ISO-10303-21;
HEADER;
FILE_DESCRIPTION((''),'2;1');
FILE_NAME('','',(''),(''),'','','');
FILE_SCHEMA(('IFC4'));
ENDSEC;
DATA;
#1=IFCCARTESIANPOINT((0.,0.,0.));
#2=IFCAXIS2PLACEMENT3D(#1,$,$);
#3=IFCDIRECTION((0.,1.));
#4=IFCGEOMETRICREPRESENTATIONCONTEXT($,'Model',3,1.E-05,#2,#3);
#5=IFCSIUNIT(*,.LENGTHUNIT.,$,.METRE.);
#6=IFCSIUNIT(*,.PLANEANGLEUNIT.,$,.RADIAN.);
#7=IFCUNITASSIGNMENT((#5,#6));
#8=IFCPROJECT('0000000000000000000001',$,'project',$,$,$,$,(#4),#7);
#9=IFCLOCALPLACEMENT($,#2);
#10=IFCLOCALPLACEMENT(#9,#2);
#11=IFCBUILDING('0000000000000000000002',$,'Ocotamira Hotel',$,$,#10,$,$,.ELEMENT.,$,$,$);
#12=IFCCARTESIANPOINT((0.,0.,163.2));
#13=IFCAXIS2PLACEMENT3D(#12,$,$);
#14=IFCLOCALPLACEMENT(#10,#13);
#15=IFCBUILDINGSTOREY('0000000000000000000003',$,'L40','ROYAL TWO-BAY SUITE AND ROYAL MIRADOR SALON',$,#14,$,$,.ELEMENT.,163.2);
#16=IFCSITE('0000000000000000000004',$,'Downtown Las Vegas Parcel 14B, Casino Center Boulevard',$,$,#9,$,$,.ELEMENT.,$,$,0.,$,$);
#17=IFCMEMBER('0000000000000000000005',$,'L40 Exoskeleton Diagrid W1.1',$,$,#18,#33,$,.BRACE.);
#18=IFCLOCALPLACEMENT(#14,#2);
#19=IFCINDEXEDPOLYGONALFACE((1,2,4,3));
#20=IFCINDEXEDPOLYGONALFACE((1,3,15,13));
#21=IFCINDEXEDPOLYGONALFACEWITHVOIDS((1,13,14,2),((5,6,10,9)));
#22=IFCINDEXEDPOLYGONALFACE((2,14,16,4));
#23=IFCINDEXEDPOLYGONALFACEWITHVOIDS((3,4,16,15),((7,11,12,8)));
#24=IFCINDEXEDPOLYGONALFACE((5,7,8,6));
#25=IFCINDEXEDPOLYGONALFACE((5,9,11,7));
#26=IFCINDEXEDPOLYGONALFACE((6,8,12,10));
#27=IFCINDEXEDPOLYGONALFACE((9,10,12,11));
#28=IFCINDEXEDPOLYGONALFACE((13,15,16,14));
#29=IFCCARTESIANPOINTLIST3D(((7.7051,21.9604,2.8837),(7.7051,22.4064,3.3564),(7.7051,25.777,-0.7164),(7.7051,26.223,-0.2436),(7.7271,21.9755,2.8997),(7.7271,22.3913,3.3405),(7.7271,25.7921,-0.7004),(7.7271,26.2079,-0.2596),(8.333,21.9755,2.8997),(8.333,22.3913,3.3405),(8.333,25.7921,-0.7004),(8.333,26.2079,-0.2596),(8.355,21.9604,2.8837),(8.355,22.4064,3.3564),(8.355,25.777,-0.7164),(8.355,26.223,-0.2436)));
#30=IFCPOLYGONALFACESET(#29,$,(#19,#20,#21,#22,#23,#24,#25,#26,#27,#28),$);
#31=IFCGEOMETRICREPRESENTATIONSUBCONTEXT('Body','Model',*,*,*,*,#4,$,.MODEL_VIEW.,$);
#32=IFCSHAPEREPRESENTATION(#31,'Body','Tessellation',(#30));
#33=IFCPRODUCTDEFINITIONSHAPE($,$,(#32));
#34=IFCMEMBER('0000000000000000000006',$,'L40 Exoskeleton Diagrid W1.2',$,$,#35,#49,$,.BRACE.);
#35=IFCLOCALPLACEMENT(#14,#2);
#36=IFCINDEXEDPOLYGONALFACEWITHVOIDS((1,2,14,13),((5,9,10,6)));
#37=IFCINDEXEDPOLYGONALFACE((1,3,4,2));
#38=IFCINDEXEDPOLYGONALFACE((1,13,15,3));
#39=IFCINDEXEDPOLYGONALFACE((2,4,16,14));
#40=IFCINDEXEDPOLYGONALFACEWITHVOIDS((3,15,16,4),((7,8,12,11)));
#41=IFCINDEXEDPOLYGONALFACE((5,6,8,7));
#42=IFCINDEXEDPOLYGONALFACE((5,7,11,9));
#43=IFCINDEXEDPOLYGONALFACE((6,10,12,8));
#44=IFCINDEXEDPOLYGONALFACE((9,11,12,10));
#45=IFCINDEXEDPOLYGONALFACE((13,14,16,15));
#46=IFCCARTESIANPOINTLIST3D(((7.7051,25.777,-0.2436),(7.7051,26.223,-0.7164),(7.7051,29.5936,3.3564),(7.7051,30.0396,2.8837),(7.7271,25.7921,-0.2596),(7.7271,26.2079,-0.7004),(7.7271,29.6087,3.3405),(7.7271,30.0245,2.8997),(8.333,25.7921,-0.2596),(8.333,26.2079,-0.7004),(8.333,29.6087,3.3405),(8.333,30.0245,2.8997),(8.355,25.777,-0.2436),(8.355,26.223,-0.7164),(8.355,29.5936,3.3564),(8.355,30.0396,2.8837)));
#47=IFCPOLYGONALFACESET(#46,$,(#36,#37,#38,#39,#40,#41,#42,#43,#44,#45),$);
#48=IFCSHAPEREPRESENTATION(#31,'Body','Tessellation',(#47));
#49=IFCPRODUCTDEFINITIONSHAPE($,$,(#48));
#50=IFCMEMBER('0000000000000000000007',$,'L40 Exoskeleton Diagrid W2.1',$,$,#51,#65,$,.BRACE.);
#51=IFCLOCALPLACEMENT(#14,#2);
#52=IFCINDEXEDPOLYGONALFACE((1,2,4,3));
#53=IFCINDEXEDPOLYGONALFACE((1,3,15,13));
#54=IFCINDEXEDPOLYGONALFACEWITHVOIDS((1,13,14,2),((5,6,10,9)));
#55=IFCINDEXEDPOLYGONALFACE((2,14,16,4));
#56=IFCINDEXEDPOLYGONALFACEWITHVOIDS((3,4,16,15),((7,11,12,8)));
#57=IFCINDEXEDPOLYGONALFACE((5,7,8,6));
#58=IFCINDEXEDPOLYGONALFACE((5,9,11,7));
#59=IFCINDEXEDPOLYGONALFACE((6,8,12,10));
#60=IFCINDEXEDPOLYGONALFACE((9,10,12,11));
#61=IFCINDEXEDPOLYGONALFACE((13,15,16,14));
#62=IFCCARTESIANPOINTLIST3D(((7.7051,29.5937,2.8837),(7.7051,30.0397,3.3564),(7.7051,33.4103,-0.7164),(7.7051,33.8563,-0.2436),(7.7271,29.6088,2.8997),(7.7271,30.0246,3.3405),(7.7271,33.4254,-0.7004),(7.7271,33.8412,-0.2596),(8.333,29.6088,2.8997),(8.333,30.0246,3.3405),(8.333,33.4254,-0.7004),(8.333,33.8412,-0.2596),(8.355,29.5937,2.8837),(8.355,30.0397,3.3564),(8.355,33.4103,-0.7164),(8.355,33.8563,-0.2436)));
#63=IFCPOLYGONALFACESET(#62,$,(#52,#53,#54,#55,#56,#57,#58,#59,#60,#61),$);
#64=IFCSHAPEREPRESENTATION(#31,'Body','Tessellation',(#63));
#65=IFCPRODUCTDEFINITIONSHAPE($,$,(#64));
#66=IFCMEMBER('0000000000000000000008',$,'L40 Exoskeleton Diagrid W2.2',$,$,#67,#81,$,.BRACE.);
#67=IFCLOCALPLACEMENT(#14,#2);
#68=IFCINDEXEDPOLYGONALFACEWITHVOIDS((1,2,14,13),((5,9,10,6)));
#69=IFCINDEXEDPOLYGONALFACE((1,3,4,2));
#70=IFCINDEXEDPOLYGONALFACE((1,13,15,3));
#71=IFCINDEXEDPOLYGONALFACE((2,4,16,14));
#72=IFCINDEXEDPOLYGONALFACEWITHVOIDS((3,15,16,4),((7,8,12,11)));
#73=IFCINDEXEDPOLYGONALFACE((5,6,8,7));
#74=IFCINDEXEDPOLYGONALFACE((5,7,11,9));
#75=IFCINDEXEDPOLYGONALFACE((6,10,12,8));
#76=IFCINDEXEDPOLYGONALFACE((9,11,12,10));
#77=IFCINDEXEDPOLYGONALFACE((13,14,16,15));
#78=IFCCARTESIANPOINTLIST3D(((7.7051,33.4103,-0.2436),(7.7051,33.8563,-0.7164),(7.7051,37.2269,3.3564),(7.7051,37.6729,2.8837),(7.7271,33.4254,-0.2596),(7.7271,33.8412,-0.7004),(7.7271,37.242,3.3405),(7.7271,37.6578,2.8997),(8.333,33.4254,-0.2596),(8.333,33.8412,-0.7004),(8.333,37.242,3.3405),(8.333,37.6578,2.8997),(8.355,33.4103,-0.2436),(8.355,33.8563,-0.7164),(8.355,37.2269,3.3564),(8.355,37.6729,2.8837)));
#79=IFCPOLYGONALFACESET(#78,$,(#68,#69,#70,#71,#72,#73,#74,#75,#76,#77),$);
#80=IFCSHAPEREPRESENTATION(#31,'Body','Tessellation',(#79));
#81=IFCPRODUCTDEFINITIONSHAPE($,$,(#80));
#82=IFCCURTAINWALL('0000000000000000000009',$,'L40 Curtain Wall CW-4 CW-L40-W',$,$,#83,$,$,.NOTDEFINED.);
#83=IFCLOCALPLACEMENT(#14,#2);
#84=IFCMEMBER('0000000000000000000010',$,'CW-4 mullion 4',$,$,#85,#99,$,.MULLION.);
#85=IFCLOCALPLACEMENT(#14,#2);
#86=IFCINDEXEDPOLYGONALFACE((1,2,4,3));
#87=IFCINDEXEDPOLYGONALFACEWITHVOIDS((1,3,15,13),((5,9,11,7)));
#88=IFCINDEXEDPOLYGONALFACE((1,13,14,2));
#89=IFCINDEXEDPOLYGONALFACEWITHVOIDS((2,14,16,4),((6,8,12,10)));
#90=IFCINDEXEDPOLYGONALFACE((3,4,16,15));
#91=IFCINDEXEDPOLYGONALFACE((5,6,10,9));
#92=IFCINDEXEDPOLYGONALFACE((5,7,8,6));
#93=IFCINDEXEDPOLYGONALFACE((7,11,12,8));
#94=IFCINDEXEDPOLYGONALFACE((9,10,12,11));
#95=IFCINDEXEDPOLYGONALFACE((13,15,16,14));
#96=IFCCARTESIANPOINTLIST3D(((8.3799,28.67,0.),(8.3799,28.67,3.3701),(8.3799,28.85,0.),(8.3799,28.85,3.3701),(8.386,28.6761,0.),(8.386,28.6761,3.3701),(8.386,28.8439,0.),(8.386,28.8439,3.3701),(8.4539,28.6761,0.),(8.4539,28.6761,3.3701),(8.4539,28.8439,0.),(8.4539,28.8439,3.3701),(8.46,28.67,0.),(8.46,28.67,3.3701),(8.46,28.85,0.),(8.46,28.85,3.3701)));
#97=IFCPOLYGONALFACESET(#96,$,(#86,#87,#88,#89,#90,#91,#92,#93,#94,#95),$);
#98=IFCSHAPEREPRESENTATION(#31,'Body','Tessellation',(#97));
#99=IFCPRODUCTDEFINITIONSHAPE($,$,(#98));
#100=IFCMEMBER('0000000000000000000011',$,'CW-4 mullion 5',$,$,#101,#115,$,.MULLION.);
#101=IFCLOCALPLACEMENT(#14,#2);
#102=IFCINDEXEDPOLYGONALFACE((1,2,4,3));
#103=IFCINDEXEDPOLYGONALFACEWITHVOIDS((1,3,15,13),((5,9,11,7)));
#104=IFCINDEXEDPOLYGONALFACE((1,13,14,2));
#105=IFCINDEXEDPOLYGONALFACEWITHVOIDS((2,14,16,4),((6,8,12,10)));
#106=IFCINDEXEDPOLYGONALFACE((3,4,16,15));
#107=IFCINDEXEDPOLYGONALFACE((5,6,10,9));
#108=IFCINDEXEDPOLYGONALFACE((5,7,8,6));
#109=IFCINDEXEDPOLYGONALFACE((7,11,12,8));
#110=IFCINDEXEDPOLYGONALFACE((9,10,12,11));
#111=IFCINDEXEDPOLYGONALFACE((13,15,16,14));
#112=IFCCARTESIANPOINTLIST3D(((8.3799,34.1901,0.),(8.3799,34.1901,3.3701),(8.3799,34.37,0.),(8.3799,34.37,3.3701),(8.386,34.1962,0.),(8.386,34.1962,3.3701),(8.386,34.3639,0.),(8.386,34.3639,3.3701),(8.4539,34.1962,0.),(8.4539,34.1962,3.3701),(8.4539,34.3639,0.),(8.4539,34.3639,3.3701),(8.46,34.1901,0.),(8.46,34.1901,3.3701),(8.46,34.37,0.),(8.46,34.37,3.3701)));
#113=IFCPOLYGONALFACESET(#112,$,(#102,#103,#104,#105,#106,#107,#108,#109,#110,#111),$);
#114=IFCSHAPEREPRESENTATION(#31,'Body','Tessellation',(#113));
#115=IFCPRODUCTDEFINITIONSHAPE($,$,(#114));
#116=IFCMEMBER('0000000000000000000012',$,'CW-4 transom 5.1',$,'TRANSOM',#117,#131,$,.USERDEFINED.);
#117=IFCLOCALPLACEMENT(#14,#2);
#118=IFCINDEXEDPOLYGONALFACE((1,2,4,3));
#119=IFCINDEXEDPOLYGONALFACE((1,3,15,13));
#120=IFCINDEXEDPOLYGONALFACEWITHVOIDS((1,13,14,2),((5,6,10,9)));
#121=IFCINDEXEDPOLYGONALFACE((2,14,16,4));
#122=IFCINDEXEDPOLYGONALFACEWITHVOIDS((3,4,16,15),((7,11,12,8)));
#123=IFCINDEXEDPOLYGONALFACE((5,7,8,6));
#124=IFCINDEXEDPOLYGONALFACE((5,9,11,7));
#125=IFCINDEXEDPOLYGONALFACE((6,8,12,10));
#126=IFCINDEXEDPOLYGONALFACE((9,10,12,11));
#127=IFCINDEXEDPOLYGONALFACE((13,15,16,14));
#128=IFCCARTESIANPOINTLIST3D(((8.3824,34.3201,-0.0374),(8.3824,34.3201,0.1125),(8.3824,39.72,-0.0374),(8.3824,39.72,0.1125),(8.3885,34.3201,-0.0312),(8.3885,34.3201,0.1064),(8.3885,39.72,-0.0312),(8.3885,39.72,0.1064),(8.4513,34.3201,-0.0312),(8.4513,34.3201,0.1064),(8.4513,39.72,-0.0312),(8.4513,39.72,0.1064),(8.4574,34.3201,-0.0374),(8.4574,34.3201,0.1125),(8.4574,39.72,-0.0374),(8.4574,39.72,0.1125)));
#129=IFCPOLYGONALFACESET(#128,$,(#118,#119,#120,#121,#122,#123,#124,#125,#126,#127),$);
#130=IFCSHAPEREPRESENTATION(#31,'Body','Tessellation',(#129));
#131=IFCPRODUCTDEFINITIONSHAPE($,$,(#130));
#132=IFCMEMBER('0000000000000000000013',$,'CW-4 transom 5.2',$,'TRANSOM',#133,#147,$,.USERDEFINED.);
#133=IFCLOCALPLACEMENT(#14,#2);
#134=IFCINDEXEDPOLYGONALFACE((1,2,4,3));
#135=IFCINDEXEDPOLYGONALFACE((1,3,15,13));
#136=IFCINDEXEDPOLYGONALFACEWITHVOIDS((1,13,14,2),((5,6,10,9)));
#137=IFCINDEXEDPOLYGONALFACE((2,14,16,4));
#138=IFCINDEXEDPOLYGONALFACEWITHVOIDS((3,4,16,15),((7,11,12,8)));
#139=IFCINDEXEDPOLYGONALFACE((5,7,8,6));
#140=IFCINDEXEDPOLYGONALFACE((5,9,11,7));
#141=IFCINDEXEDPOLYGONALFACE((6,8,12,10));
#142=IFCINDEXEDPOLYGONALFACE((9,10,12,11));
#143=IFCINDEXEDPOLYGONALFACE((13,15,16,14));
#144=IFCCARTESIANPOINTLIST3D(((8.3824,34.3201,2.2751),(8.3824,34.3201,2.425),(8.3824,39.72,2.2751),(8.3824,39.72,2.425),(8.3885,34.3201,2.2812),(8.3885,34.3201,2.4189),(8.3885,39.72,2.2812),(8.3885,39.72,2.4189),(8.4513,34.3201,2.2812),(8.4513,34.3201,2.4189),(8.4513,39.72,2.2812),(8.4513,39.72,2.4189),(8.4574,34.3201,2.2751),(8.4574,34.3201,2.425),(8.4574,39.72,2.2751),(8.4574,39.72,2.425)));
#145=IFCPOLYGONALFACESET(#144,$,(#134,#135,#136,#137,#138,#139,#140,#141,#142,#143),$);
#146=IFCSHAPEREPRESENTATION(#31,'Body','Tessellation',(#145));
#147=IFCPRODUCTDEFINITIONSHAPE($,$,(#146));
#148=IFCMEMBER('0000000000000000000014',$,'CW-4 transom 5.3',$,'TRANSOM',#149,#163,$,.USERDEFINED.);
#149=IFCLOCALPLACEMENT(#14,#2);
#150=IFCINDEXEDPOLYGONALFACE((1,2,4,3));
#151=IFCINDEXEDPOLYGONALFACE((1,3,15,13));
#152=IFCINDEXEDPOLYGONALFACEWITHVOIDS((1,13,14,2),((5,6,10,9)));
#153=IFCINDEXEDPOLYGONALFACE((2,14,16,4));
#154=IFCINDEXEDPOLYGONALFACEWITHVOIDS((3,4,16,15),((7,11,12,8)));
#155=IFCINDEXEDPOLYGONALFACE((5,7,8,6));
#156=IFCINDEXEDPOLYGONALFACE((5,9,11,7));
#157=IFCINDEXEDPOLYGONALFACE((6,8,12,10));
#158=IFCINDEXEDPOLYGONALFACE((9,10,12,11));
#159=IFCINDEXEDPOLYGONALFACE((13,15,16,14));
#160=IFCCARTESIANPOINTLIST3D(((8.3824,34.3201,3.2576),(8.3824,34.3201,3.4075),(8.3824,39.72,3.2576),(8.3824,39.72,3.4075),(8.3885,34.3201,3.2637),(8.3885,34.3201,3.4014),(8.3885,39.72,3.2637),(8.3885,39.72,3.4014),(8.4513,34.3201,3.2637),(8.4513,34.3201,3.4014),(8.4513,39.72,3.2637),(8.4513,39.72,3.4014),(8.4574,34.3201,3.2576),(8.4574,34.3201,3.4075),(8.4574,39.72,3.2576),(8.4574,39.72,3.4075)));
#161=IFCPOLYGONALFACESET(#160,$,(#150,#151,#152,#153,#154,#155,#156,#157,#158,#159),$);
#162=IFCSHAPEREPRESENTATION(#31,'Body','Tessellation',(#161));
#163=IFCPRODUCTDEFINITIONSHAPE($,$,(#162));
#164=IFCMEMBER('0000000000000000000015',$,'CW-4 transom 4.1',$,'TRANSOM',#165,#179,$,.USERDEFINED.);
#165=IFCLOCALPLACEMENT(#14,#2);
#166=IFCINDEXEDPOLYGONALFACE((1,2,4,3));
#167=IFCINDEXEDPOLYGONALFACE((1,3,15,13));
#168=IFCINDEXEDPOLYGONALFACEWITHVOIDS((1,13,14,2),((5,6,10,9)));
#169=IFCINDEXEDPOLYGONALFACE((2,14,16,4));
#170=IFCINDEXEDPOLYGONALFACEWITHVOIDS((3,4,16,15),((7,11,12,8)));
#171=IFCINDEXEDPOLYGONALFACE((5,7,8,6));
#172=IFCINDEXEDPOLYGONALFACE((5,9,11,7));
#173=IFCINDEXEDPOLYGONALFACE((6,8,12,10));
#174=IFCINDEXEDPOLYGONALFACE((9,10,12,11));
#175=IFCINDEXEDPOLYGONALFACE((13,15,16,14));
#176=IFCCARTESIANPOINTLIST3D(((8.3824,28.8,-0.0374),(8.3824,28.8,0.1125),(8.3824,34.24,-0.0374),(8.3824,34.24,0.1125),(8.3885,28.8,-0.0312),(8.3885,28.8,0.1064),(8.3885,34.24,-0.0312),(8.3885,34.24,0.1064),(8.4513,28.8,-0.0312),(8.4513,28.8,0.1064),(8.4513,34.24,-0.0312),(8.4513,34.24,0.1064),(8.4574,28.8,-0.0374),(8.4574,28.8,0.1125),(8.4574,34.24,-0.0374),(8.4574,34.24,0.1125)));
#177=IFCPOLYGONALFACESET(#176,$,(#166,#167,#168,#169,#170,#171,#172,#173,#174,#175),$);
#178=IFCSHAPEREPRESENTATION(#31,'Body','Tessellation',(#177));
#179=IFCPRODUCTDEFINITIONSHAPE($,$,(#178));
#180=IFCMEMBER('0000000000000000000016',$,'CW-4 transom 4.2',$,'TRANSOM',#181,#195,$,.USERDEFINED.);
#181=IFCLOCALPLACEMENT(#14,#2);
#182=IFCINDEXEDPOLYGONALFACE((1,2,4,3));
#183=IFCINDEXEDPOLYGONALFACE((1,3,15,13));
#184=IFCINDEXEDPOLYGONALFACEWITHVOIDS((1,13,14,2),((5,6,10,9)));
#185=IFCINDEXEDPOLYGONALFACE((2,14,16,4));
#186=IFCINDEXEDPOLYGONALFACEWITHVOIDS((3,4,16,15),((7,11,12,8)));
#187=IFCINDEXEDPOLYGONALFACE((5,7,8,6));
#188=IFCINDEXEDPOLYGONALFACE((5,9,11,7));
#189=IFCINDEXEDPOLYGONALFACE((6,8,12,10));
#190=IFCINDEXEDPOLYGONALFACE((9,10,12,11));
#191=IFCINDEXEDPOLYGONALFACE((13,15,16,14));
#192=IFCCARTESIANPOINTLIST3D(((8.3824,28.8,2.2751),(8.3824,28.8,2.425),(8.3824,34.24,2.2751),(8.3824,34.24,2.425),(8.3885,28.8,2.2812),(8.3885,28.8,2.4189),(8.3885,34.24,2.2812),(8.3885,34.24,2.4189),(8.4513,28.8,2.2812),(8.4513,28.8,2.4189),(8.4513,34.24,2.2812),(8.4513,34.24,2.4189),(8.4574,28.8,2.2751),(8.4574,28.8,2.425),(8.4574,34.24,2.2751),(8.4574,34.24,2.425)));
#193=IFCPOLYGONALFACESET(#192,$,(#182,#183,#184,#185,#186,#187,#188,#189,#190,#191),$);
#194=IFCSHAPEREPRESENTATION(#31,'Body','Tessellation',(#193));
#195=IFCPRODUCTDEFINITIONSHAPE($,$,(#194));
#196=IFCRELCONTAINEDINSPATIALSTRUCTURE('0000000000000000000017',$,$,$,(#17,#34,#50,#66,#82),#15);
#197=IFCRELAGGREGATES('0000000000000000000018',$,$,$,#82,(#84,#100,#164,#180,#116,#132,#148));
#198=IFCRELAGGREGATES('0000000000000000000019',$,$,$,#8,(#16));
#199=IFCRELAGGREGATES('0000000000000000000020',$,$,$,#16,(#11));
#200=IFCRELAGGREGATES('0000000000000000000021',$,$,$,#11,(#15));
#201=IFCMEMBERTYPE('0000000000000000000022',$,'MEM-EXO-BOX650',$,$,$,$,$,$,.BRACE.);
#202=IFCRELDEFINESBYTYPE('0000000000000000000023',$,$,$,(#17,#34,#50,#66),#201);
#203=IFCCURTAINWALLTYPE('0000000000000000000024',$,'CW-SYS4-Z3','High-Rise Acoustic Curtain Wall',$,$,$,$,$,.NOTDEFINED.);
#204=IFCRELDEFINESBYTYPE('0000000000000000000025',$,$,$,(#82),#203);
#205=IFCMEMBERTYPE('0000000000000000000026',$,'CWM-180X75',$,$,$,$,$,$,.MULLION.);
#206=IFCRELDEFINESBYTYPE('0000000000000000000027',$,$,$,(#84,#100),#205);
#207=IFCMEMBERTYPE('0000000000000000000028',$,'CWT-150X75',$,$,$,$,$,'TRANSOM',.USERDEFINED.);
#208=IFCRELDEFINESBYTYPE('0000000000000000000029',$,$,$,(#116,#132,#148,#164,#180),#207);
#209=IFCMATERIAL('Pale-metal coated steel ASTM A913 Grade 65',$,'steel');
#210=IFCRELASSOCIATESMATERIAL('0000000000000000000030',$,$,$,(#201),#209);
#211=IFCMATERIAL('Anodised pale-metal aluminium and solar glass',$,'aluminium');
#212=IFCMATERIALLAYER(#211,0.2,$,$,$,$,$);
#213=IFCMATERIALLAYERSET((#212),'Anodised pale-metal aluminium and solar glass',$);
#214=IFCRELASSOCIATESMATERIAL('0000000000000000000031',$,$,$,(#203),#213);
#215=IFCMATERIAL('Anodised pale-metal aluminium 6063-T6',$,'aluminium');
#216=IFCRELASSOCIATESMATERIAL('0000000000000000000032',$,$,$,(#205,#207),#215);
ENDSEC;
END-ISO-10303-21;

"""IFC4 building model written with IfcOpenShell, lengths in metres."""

from ifc_helpers import new_model, si_unit, direction, frame, origin, origin_2d, place, context, subcontext, project, spatial, hollow_rectangle, extrude, source, transform, mapped, material, layer, layer_set, material_profile, profile_set, type_object, element, aggregate, save


model = new_model("IFC4")

# Units and contexts
model_context = context("Model", 3, precision=1e-05, world=origin(), true_north=direction((0.0, 1.0)))
body_context = subcontext(model_context, "Body", "Model", "MODEL_VIEW")
ifc_project = project(units=[si_unit("LENGTHUNIT", "METRE"), si_unit("PLANEANGLEUNIT", "RADIAN")], contexts=[model_context])

# Site, building, storey
site_placement = place(None, origin())
site = spatial("IfcSite", under=ifc_project, at=site_placement, Name="Downtown Las Vegas Parcel 14B, Casino Center Boulevard", CompositionType="ELEMENT", RefElevation=0.0)
building_placement = place(site_placement, origin())
building = spatial("IfcBuilding", under=site, at=building_placement, Name="Ocotamira Hotel", CompositionType="ELEMENT")
storey_placement = place(building_placement, frame((0.0, 0.0, 163.2)))
storey = spatial("IfcBuildingStorey", under=building, at=storey_placement, Name="L40", Description="ROYAL TWO-BAY SUITE AND ROYAL MIRADOR SALON", CompositionType="ELEMENT", Elevation=163.2)

# Members
ifc_material_1 = material(Name="Pale-metal coated steel ASTM A913 Grade 65", Category="steel")
ifc_material_profile_1 = material_profile(ifc_material_1, hollow_rectangle(XDim=0.6499, YDim=0.6499, WallThickness=0.022, at=origin_2d()), Name="BOX650X650X22")
ifc_profile_set_1 = profile_set([ifc_material_profile_1], Name="Pale-metal coated steel ASTM A913 Grade 65")
member_type_1 = type_object("IfcMemberType", Name="MEM-EXO-BOX650", PredefinedType="BRACE", material=ifc_profile_set_1)
shared_shape_1 = source(origin(), body_context, "Body", "SweptSolid", [
    extrude(hollow_rectangle(XDim=0.6499, YDim=0.6499, WallThickness=0.022, at=origin_2d()), origin(), (0.0, 0.0, 1.0), 5.2466),
])
for number, where, z_axis, x_axis, name in (
    (1, (8.03, 26.0, -0.48), (0.0, -0.727443, 0.686168), (1.0, 0.0, 0.0), "L40 Exoskeleton Diagrid W1.1"),
    (2, (8.03, 26.0, -0.48), (0.0, 0.727443, 0.686168), (-1.0, 0.0, 0.0), "L40 Exoskeleton Diagrid W1.2"),
    (3, (8.03, 33.6333, -0.48), (0.0, -0.727443, 0.686168), (1.0, 0.0, 0.0), "L40 Exoskeleton Diagrid W2.1"),
    (4, (8.03, 33.6333, -0.48), (0.0, 0.727443, 0.686168), (-1.0, 0.0, 0.0), "L40 Exoskeleton Diagrid W2.2"),
):
    element("IfcMember", number, at=place(storey_placement, frame(where, z_axis=z_axis, x_axis=x_axis)), inside=storey, type_object=member_type_1, Name=name, PredefinedType="BRACE", context=body_context, shape_type="MappedRepresentation", body=[
        mapped(shared_shape_1, transform((0.0, 0.0, 0.0), scale=1.0)),
    ])

# Curtain wall, members
ifc_material_2 = material(Name="Anodised pale-metal aluminium and solar glass", Category="aluminium")
ifc_layer_1 = layer(ifc_material_2, 0.2)
ifc_layer_set_1 = layer_set([ifc_layer_1], Name="Anodised pale-metal aluminium and solar glass")
curtain_wall_type = type_object("IfcCurtainWallType", Name="CW-SYS4-Z3", Description="High-Rise Acoustic Curtain Wall", PredefinedType="NOTDEFINED", material=ifc_layer_set_1)
curtain_wall_placement = place(storey_placement, origin())
curtain_wall = element("IfcCurtainWall", 5, at=curtain_wall_placement, inside=storey, type_object=curtain_wall_type, Name="L40 Curtain Wall CW-4 CW-L40-W", PredefinedType="NOTDEFINED")
ifc_material_3 = material(Name="Anodised pale-metal aluminium 6063-T6", Category="aluminium")
ifc_material_profile_2 = material_profile(ifc_material_3, hollow_rectangle(XDim=0.0801, YDim=0.1799, WallThickness=0.0061, at=origin_2d()), Name="HSS180X80X6")
ifc_profile_set_2 = profile_set([ifc_material_profile_2], Name="Anodised pale-metal aluminium 6063-T6")
member_type_2 = type_object("IfcMemberType", Name="CWM-180X75", PredefinedType="MULLION", material=ifc_profile_set_2)
shared_shape_2 = source(origin(), body_context, "Body", "SweptSolid", [
    extrude(hollow_rectangle(XDim=0.0801, YDim=0.1799, WallThickness=0.0061, at=origin_2d()), origin(), (0.0, 0.0, 1.0), 3.3701),
])
member_1_placement = place(storey_placement, frame((8.4199, 28.76, 0.0), z_axis=(0.0, 0.0, 1.0), x_axis=(-1.0, 0.0, 0.0)))
member_1 = element("IfcMember", 6, at=member_1_placement, type_object=member_type_2, Name="CW-4 mullion 4", PredefinedType="MULLION", context=body_context, shape_type="MappedRepresentation", body=[
    mapped(shared_shape_2, transform((0.0, 0.0, 0.0), scale=1.0)),
])
member_2_placement = place(storey_placement, frame((8.4199, 34.28, 0.0), z_axis=(0.0, 0.0, 1.0), x_axis=(-1.0, 0.0, 0.0)))
member_2 = element("IfcMember", 7, at=member_2_placement, type_object=member_type_2, Name="CW-4 mullion 5", PredefinedType="MULLION", context=body_context, shape_type="MappedRepresentation", body=[
    mapped(shared_shape_2, transform((0.0, 0.0, 0.0), scale=1.0)),
])
ifc_material_profile_3 = material_profile(ifc_material_3, hollow_rectangle(XDim=0.075, YDim=0.1499, WallThickness=0.0061, at=origin_2d()), Name="HSS150X75X6")
ifc_profile_set_3 = profile_set([ifc_material_profile_3], Name="Anodised pale-metal aluminium 6063-T6")
member_type_3 = type_object("IfcMemberType", Name="CWT-150X75", ElementType="TRANSOM", PredefinedType="USERDEFINED", material=ifc_profile_set_3)
shared_shape_3 = source(origin(), body_context, "Body", "SweptSolid", [
    extrude(hollow_rectangle(XDim=0.075, YDim=0.1499, WallThickness=0.0061, at=origin_2d()), origin(), (0.0, 0.0, 1.0), 5.3999),
])
member_3_placement = place(storey_placement, frame((8.4199, 34.3201, 0.0376), z_axis=(0.0, 1.0, 0.0), x_axis=(-1.0, 0.0, 0.0)))
member_3 = element("IfcMember", 8, at=member_3_placement, type_object=member_type_3, Name="CW-4 transom 5.1", ObjectType="TRANSOM", PredefinedType="USERDEFINED", context=body_context, shape_type="MappedRepresentation", body=[
    mapped(shared_shape_3, transform((0.0, 0.0, 0.0), scale=1.0)),
])
member_4_placement = place(storey_placement, frame((8.4199, 34.3201, 2.3501), z_axis=(0.0, 1.0, 0.0), x_axis=(-1.0, 0.0, 0.0)))
member_4 = element("IfcMember", 9, at=member_4_placement, type_object=member_type_3, Name="CW-4 transom 5.2", ObjectType="TRANSOM", PredefinedType="USERDEFINED", context=body_context, shape_type="MappedRepresentation", body=[
    mapped(shared_shape_3, transform((0.0, 0.0, 0.0), scale=1.0)),
])
member_5_placement = place(storey_placement, frame((8.4199, 34.3201, 3.3325), z_axis=(0.0, 1.0, 0.0), x_axis=(-1.0, 0.0, 0.0)))
member_5 = element("IfcMember", 10, at=member_5_placement, type_object=member_type_3, Name="CW-4 transom 5.3", ObjectType="TRANSOM", PredefinedType="USERDEFINED", context=body_context, shape_type="MappedRepresentation", body=[
    mapped(shared_shape_3, transform((0.0, 0.0, 0.0), scale=1.0)),
])
shared_shape_4 = source(origin(), body_context, "Body", "SweptSolid", [
    extrude(hollow_rectangle(XDim=0.075, YDim=0.1499, WallThickness=0.0061, at=origin_2d()), origin(), (0.0, 0.0, 1.0), 5.4399),
])
member_6_placement = place(storey_placement, frame((8.4199, 28.8, 0.0376), z_axis=(0.0, 1.0, 0.0), x_axis=(-1.0, 0.0, 0.0)))
member_6 = element("IfcMember", 11, at=member_6_placement, type_object=member_type_3, Name="CW-4 transom 4.1", ObjectType="TRANSOM", PredefinedType="USERDEFINED", context=body_context, shape_type="MappedRepresentation", body=[
    mapped(shared_shape_4, transform((0.0, 0.0, 0.0), scale=1.0)),
])
member_7_placement = place(storey_placement, frame((8.4199, 28.8, 2.3501), z_axis=(0.0, 1.0, 0.0), x_axis=(-1.0, 0.0, 0.0)))
member_7 = element("IfcMember", 12, at=member_7_placement, type_object=member_type_3, Name="CW-4 transom 4.2", ObjectType="TRANSOM", PredefinedType="USERDEFINED", context=body_context, shape_type="MappedRepresentation", body=[
    mapped(shared_shape_4, transform((0.0, 0.0, 0.0), scale=1.0)),
])

aggregate(curtain_wall, [member_1, member_2, member_6, member_7, member_3, member_4, member_5])

save(model, "model.ifc")
